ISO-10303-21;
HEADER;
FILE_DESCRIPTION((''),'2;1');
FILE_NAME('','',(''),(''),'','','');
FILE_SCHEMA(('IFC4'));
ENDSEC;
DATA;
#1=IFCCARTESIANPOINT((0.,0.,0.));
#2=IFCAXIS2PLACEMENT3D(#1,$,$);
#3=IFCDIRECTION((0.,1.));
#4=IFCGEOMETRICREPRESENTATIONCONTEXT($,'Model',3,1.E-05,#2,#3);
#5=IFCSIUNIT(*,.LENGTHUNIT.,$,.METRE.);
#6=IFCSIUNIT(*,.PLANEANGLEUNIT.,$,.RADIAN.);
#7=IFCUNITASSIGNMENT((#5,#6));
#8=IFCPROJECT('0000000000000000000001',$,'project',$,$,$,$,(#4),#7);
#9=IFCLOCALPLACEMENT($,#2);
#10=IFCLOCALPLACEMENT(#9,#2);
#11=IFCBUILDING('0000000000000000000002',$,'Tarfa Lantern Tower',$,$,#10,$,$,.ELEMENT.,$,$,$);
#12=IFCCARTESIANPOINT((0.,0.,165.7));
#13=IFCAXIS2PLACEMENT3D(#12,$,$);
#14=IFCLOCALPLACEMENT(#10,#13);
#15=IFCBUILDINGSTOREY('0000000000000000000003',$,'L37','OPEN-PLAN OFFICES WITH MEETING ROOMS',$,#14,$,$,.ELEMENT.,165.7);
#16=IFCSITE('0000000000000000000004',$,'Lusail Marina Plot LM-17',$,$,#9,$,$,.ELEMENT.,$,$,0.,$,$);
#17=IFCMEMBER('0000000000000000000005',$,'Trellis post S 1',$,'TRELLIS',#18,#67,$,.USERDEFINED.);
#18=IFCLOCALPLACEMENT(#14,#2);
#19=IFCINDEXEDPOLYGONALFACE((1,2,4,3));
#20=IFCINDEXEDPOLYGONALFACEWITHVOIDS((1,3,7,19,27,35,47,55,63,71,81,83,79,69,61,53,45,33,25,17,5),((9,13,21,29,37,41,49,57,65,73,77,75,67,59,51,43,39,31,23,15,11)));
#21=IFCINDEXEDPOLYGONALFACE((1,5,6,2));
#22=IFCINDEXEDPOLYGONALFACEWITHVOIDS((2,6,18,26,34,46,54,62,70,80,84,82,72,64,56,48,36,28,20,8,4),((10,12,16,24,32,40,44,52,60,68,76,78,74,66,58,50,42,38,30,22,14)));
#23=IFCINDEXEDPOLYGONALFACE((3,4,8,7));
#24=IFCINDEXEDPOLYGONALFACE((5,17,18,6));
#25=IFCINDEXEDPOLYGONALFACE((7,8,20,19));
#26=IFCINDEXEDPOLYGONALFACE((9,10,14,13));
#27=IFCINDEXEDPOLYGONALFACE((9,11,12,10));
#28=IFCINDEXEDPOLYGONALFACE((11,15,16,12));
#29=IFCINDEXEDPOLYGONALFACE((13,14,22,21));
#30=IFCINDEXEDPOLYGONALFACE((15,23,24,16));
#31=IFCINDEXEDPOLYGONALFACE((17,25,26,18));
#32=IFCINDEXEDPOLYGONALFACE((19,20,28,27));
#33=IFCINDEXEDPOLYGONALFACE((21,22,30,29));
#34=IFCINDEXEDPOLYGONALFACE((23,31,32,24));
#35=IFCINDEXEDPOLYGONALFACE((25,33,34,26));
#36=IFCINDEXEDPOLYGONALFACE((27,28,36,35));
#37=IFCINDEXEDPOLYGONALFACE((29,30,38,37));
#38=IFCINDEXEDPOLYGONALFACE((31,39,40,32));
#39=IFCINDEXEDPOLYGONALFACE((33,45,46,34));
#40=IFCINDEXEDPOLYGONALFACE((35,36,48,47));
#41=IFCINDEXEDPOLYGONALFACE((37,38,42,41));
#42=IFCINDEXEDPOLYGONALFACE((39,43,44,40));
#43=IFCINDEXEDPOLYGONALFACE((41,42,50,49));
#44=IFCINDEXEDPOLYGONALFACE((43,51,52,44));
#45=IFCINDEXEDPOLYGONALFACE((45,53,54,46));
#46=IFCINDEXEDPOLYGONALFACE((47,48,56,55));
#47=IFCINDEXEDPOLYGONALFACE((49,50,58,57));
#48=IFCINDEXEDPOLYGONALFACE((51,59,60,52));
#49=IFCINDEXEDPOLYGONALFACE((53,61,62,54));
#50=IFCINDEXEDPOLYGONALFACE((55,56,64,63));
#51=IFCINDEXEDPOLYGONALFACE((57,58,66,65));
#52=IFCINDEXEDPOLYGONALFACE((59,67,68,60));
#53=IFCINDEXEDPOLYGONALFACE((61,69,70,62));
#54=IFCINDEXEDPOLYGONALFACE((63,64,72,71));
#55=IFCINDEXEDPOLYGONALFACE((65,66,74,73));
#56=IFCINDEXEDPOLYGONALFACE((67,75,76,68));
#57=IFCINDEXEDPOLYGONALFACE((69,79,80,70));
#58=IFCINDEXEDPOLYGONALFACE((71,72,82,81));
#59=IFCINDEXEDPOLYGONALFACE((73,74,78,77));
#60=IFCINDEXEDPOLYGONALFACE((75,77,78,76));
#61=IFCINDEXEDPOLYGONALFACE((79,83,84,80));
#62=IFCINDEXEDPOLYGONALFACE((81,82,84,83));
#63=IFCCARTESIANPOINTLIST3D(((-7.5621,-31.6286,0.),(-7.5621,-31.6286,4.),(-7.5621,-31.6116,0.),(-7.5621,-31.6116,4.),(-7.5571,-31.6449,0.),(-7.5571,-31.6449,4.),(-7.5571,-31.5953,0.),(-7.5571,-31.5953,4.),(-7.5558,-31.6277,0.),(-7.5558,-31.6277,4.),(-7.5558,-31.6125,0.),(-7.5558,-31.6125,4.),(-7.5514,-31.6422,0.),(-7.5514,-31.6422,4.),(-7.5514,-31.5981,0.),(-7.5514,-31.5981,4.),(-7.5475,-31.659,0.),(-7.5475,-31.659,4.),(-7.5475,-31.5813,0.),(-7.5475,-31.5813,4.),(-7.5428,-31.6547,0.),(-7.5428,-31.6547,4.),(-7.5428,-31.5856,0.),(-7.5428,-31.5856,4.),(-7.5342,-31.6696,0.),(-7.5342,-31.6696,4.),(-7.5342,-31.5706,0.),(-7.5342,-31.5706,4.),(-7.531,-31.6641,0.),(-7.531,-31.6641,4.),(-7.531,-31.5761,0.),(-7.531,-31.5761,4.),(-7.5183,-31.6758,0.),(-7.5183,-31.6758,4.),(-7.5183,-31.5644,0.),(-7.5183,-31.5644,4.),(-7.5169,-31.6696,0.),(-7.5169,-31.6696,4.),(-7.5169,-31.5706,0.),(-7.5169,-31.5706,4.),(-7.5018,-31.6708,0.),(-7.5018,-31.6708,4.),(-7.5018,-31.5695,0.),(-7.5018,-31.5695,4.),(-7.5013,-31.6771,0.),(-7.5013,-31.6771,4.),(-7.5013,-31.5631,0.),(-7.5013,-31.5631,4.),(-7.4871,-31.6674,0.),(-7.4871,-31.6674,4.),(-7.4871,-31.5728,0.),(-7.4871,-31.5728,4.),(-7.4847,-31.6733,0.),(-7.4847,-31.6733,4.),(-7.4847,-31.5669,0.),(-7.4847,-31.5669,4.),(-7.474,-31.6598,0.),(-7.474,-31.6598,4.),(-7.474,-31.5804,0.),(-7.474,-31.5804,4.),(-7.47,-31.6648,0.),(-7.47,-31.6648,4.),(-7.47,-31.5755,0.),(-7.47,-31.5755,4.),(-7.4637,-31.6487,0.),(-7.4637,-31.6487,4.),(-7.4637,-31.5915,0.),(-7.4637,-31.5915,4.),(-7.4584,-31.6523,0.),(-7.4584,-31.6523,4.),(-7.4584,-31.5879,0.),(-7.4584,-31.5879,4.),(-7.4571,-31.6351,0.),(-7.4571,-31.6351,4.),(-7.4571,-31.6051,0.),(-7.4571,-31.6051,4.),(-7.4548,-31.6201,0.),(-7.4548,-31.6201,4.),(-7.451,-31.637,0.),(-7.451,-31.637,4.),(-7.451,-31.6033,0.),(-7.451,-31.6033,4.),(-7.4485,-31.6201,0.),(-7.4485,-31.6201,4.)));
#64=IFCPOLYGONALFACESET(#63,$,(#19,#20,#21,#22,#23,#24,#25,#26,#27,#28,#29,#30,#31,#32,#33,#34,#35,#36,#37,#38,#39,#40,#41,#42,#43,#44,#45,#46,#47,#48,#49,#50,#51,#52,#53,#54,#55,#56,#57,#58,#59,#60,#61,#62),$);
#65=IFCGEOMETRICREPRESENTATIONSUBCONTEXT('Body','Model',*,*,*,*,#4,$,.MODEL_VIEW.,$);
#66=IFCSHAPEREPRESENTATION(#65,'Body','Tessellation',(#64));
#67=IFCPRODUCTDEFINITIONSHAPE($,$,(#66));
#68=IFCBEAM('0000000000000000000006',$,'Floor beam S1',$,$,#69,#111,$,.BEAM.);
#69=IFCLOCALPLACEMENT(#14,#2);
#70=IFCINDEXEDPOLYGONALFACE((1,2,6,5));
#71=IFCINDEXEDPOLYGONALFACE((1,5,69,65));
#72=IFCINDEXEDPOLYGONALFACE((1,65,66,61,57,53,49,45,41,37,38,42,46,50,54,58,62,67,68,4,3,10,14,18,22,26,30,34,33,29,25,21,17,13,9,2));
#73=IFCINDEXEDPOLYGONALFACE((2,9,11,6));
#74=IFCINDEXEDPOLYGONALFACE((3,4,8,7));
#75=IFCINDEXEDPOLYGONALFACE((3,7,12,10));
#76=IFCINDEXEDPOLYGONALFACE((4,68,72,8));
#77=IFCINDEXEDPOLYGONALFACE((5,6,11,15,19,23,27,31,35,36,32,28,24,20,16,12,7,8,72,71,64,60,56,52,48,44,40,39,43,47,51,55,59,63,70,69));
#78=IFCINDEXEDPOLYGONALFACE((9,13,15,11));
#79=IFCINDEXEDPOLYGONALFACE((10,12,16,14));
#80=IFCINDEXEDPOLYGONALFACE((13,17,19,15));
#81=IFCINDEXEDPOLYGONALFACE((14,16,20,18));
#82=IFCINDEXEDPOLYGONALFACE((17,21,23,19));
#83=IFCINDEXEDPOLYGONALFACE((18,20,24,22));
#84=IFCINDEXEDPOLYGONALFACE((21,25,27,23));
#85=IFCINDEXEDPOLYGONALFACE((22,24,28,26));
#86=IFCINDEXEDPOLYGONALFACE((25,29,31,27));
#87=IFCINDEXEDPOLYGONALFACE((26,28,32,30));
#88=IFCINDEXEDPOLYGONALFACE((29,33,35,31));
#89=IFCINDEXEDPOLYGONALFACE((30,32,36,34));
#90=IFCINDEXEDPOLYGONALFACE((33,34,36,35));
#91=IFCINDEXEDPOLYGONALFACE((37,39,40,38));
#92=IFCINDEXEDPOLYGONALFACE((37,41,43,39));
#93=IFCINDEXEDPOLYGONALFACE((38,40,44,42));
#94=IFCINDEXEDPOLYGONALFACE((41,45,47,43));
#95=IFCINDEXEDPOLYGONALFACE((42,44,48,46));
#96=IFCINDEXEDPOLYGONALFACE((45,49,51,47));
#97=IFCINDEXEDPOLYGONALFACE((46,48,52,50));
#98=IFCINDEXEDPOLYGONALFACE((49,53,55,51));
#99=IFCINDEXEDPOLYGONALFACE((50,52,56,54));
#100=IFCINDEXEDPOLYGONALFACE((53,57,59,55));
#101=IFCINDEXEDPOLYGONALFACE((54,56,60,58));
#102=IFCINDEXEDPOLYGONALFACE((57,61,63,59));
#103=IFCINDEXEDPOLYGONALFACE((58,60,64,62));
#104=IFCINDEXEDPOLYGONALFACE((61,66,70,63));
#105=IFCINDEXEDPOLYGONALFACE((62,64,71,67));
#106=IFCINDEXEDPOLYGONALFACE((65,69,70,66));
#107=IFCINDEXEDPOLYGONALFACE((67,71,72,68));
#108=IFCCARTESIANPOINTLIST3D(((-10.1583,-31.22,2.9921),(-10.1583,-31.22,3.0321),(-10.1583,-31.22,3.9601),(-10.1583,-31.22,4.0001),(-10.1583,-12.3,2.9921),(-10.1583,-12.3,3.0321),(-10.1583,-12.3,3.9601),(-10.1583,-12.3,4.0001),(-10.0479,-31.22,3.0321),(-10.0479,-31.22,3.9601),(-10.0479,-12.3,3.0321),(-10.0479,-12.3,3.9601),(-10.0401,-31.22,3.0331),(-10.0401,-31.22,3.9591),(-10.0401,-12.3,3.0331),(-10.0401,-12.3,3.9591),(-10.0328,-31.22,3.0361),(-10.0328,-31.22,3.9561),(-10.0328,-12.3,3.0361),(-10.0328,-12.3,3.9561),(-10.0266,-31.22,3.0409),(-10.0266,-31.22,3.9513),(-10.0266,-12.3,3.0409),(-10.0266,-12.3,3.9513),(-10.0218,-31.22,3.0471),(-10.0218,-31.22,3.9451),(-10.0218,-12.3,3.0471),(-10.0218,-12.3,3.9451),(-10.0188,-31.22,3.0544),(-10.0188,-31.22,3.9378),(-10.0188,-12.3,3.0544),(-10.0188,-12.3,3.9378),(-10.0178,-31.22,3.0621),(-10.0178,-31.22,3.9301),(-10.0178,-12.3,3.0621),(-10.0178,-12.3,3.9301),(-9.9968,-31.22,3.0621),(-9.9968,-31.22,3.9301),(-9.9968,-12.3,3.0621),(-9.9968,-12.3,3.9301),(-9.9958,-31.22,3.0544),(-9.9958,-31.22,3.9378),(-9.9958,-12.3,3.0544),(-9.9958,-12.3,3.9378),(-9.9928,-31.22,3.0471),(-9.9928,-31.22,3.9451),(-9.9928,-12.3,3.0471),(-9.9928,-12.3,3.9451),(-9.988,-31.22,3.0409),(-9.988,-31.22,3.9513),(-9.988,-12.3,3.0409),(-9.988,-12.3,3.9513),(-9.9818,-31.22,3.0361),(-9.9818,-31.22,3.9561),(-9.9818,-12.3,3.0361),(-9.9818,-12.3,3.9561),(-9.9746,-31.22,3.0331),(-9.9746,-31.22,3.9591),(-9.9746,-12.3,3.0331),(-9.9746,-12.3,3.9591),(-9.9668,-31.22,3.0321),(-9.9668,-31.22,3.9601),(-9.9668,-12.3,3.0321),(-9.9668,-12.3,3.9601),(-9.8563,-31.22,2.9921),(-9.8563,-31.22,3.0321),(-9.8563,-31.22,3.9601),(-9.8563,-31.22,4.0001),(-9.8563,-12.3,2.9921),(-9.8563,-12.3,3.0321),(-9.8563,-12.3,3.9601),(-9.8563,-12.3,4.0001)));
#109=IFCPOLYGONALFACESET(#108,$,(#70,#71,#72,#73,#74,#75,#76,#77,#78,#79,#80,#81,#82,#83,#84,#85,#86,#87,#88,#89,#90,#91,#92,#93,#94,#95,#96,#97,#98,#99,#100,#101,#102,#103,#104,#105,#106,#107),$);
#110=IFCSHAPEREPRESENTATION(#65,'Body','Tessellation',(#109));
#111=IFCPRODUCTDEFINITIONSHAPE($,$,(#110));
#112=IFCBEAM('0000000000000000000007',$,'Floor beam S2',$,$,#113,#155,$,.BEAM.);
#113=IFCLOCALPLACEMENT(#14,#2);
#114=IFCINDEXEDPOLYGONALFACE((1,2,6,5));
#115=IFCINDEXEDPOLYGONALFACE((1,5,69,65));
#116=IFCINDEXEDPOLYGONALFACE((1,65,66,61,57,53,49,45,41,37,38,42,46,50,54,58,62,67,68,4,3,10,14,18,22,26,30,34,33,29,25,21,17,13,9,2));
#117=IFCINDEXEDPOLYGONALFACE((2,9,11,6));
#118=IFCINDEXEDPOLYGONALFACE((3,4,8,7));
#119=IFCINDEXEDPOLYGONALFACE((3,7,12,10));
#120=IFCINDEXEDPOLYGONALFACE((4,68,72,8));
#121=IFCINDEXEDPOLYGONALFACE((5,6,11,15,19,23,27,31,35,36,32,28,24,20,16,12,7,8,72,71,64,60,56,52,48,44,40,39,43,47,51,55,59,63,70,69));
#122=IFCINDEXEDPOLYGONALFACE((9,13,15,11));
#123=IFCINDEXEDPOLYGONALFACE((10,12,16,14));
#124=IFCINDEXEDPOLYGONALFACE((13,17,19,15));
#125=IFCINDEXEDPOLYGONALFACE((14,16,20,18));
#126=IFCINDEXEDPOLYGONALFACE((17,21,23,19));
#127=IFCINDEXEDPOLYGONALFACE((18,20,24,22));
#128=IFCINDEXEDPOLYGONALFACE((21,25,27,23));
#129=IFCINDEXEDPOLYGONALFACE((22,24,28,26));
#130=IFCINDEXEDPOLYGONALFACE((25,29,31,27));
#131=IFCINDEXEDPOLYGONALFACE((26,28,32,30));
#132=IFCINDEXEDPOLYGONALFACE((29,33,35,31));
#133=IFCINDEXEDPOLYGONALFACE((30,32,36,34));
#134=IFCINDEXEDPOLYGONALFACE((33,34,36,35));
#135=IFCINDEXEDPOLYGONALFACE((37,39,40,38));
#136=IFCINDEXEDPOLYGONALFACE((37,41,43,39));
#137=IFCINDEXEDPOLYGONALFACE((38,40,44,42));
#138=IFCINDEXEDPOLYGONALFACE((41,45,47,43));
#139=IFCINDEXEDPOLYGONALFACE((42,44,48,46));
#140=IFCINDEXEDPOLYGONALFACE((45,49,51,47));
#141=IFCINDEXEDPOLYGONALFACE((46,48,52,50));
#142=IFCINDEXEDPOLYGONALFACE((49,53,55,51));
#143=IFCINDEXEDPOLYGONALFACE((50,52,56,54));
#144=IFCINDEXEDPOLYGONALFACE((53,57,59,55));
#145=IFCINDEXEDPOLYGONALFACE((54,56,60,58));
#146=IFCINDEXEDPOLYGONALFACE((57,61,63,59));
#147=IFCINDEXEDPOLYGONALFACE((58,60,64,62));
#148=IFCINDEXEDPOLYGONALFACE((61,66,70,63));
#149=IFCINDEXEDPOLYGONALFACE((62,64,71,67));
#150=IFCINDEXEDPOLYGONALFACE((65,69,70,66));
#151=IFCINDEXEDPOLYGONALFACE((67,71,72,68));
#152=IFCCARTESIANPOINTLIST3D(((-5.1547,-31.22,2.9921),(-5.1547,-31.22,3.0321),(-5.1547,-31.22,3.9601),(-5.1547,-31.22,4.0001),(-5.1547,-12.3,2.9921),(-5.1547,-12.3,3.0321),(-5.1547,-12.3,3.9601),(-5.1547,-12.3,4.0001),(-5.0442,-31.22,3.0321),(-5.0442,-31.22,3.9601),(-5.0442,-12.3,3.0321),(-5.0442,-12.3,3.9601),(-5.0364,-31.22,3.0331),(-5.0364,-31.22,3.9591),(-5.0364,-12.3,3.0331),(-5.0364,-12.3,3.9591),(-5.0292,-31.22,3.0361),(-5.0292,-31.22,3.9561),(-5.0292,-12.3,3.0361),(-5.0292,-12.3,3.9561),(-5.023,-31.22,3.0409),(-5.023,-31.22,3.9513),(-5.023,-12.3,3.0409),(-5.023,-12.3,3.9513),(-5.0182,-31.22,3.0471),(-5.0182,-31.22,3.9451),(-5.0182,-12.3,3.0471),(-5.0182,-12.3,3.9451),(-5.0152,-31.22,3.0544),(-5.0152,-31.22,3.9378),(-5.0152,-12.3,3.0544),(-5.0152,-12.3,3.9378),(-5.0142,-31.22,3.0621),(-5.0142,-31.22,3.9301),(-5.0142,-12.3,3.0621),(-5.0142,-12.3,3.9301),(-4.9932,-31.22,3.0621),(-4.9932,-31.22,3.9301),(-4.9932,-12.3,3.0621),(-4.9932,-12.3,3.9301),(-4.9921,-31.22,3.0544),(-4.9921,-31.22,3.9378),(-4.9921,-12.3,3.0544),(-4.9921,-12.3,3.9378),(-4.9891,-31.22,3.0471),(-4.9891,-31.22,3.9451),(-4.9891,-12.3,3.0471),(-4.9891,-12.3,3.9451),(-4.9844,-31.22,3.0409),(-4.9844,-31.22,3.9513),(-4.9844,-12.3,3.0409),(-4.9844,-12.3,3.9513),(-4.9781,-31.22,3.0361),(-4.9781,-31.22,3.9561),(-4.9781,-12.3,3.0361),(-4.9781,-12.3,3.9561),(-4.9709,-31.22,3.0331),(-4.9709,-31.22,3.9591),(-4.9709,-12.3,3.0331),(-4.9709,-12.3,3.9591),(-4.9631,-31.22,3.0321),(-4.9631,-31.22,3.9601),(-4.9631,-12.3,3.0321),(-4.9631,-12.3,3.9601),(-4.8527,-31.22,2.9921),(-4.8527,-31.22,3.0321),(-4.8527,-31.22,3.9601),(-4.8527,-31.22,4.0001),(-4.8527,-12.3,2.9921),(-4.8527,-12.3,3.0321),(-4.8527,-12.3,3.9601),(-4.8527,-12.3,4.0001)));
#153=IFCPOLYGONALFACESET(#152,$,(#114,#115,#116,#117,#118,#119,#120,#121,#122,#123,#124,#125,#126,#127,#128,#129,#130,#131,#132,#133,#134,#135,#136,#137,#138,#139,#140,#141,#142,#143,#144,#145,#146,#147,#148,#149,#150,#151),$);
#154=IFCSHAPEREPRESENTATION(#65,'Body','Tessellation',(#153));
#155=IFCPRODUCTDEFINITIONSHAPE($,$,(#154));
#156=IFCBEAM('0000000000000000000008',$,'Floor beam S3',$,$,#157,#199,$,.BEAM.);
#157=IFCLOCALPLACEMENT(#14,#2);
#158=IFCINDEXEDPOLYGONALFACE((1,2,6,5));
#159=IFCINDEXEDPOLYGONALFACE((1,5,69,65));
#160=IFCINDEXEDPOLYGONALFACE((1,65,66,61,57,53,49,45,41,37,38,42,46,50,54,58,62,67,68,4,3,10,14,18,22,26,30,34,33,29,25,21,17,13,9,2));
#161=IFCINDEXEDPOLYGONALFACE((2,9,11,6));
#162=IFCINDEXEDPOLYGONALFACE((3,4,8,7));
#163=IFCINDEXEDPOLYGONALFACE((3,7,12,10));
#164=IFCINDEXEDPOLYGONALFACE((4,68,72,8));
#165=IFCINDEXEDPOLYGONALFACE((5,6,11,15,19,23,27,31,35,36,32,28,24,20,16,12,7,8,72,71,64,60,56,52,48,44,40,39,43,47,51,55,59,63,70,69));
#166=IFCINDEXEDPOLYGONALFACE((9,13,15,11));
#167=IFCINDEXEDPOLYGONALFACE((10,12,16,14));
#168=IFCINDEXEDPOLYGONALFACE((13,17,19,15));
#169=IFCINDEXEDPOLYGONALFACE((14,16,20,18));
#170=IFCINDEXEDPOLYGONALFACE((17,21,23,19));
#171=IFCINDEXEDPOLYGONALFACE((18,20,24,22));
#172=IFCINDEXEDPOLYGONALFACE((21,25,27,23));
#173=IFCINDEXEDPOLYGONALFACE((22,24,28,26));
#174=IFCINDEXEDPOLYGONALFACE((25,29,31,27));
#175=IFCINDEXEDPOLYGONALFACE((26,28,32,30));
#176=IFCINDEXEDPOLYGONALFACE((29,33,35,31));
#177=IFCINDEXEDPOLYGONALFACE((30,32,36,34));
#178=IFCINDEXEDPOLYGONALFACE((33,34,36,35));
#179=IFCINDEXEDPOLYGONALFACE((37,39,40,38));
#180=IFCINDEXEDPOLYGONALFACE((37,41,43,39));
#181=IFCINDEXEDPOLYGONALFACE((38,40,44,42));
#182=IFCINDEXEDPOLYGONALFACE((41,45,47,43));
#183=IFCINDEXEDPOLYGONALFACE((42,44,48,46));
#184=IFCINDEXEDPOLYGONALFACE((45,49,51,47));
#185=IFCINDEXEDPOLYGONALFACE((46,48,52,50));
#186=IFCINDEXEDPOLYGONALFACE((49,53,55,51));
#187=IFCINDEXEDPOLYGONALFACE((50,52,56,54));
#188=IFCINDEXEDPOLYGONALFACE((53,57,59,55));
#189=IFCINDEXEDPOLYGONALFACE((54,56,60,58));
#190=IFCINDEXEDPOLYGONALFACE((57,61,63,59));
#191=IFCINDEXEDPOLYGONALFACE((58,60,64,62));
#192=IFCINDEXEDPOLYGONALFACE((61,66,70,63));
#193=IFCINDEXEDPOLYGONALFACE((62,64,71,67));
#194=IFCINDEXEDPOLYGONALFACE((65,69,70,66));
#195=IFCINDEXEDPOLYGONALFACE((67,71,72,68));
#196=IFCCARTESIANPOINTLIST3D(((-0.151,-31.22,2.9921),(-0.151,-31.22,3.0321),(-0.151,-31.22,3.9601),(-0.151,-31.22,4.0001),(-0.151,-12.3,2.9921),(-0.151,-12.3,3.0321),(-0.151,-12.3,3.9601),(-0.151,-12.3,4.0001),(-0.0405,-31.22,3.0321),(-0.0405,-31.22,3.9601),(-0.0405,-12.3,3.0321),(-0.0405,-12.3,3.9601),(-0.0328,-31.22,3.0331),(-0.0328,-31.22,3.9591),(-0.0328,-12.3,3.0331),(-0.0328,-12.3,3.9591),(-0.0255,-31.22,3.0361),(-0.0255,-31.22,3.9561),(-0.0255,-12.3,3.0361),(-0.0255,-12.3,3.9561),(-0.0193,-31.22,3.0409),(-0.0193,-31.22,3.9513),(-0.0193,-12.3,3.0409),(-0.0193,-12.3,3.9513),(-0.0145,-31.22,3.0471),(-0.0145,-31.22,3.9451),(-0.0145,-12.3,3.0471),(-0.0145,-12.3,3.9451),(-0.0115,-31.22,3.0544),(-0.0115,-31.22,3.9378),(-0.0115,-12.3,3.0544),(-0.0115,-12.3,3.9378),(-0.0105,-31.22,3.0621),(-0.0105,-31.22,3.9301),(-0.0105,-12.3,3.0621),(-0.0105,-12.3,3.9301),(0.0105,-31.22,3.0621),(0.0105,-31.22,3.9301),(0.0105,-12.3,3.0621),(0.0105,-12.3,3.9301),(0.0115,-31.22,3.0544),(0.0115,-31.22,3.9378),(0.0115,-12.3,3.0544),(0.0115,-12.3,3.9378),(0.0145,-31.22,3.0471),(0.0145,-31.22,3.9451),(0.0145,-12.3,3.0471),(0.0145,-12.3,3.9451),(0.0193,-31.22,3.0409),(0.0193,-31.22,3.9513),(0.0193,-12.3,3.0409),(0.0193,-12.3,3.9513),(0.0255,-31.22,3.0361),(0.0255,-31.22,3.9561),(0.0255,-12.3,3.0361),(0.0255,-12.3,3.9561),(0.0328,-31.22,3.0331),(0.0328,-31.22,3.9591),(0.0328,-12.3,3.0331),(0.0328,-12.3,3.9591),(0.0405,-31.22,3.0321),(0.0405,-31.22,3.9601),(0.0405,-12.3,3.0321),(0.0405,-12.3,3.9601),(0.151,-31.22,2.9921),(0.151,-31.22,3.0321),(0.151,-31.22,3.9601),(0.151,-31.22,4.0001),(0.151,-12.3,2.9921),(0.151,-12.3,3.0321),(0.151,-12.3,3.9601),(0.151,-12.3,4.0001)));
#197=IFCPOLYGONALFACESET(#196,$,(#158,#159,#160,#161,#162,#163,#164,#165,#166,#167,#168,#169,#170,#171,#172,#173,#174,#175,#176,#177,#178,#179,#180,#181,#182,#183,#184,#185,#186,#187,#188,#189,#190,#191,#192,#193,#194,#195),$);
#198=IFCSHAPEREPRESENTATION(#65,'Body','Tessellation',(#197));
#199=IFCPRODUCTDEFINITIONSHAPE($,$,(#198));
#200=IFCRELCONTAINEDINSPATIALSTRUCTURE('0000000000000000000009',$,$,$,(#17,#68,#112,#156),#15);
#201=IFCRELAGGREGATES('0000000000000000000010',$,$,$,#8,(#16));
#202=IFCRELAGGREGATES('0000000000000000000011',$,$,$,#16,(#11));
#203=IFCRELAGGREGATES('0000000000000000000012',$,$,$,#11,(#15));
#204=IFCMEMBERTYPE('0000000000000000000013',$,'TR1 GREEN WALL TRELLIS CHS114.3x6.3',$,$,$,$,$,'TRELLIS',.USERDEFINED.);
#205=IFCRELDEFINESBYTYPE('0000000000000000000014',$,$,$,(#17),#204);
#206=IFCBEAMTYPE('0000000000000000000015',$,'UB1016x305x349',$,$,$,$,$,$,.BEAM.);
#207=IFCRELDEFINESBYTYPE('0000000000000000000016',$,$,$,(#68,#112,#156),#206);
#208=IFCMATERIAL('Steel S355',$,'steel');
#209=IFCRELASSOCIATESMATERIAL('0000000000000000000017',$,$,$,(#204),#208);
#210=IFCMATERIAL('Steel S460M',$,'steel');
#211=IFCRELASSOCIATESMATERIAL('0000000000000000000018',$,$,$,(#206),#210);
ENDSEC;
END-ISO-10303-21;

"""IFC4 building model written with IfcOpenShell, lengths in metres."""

from ifc_helpers import new_model, si_unit, direction, frame, origin, origin_2d, place, context, subcontext, project, spatial, hollow_circle, i_section, extrude, material, material_profile, profile_set, type_object, element, save


model = new_model("IFC4")

# Units and contexts
model_context = context("Model", 3, precision=1e-05, world=origin(), true_north=direction((0.0, 1.0)))
body_context = subcontext(model_context, "Body", "Model", "MODEL_VIEW")
ifc_project = project(units=[si_unit("LENGTHUNIT", "METRE"), si_unit("PLANEANGLEUNIT", "RADIAN")], contexts=[model_context])

# Site, building, storey
site_placement = place(None, origin())
site = spatial("IfcSite", under=ifc_project, at=site_placement, Name="Lusail Marina Plot LM-17", CompositionType="ELEMENT", RefElevation=0.0)
building_placement = place(site_placement, origin())
building = spatial("IfcBuilding", under=site, at=building_placement, Name="Tarfa Lantern Tower", CompositionType="ELEMENT")
storey_placement = place(building_placement, frame((0.0, 0.0, 165.7)))
storey = spatial("IfcBuildingStorey", under=building, at=storey_placement, Name="L37", Description="OPEN-PLAN OFFICES WITH MEETING ROOMS", CompositionType="ELEMENT", Elevation=165.7)

# Member
ifc_material_1 = material(Name="Steel S355", Category="steel")
ifc_material_profile_1 = material_profile(ifc_material_1, hollow_circle(Radius=0.0571, WallThickness=0.0063, at=origin_2d()), Name="CHS114.3x6.3")
ifc_profile_set_1 = profile_set([ifc_material_profile_1], Name="Steel S355")
member_type_1 = type_object("IfcMemberType", Name="TR1 GREEN WALL TRELLIS CHS114.3x6.3", ElementType="TRELLIS", PredefinedType="USERDEFINED", material=ifc_profile_set_1)
member_1_placement = place(storey_placement, frame((-7.5056, -31.6201, 0.0), z_axis=(0.0, 0.0, 1.0), x_axis=(1.0, 0.0, 0.0)))
element("IfcMember", 1, at=member_1_placement, inside=storey, type_object=member_type_1, Name="Trellis post S 1", ObjectType="TRELLIS", PredefinedType="USERDEFINED", context=body_context, shape_type="SweptSolid", body=[
    extrude(hollow_circle(Radius=0.0571, WallThickness=0.0063, at=origin_2d()), origin(), (0.0, 0.0, 1.0), 4.0),
])

# Beams
ifc_material_2 = material(Name="Steel S460M", Category="steel")
ifc_material_profile_2 = material_profile(ifc_material_2, i_section(OverallWidth=0.302, OverallDepth=1.0081, WebThickness=0.021, FlangeThickness=0.04, FilletRadius=0.03, at=origin_2d()), Name="UB1016x305x349")
ifc_profile_set_2 = profile_set([ifc_material_profile_2], Name="Steel S460M")
beam_type_1 = type_object("IfcBeamType", Name="UB1016x305x349", PredefinedType="BEAM", material=ifc_profile_set_2)
for number, where, z_axis, x_axis, name in (
    (2, (-10.0073, -31.22, 3.4961), (0.0, 1.0, 0.0), (-1.0, 0.0, 0.0), "Floor beam S1"),
    (3, (-5.0037, -31.22, 3.4961), (0.0, 1.0, 0.0), (-1.0, 0.0, 0.0), "Floor beam S2"),
    (4, (0.0, -31.22, 3.4961), (0.0, 1.0, 0.0), (-1.0, 0.0, 0.0), "Floor beam S3"),
):
    element("IfcBeam", number, at=place(storey_placement, frame(where, z_axis=z_axis, x_axis=x_axis)), inside=storey, type_object=beam_type_1, Name=name, PredefinedType="BEAM", context=body_context, shape_type="SweptSolid", body=[
        extrude(i_section(OverallWidth=0.302, OverallDepth=1.0081, WebThickness=0.021, FlangeThickness=0.04, FilletRadius=0.03, at=origin_2d()), origin(), (0.0, 0.0, 1.0), 18.9199),
    ])

save(model, "model.ifc")
